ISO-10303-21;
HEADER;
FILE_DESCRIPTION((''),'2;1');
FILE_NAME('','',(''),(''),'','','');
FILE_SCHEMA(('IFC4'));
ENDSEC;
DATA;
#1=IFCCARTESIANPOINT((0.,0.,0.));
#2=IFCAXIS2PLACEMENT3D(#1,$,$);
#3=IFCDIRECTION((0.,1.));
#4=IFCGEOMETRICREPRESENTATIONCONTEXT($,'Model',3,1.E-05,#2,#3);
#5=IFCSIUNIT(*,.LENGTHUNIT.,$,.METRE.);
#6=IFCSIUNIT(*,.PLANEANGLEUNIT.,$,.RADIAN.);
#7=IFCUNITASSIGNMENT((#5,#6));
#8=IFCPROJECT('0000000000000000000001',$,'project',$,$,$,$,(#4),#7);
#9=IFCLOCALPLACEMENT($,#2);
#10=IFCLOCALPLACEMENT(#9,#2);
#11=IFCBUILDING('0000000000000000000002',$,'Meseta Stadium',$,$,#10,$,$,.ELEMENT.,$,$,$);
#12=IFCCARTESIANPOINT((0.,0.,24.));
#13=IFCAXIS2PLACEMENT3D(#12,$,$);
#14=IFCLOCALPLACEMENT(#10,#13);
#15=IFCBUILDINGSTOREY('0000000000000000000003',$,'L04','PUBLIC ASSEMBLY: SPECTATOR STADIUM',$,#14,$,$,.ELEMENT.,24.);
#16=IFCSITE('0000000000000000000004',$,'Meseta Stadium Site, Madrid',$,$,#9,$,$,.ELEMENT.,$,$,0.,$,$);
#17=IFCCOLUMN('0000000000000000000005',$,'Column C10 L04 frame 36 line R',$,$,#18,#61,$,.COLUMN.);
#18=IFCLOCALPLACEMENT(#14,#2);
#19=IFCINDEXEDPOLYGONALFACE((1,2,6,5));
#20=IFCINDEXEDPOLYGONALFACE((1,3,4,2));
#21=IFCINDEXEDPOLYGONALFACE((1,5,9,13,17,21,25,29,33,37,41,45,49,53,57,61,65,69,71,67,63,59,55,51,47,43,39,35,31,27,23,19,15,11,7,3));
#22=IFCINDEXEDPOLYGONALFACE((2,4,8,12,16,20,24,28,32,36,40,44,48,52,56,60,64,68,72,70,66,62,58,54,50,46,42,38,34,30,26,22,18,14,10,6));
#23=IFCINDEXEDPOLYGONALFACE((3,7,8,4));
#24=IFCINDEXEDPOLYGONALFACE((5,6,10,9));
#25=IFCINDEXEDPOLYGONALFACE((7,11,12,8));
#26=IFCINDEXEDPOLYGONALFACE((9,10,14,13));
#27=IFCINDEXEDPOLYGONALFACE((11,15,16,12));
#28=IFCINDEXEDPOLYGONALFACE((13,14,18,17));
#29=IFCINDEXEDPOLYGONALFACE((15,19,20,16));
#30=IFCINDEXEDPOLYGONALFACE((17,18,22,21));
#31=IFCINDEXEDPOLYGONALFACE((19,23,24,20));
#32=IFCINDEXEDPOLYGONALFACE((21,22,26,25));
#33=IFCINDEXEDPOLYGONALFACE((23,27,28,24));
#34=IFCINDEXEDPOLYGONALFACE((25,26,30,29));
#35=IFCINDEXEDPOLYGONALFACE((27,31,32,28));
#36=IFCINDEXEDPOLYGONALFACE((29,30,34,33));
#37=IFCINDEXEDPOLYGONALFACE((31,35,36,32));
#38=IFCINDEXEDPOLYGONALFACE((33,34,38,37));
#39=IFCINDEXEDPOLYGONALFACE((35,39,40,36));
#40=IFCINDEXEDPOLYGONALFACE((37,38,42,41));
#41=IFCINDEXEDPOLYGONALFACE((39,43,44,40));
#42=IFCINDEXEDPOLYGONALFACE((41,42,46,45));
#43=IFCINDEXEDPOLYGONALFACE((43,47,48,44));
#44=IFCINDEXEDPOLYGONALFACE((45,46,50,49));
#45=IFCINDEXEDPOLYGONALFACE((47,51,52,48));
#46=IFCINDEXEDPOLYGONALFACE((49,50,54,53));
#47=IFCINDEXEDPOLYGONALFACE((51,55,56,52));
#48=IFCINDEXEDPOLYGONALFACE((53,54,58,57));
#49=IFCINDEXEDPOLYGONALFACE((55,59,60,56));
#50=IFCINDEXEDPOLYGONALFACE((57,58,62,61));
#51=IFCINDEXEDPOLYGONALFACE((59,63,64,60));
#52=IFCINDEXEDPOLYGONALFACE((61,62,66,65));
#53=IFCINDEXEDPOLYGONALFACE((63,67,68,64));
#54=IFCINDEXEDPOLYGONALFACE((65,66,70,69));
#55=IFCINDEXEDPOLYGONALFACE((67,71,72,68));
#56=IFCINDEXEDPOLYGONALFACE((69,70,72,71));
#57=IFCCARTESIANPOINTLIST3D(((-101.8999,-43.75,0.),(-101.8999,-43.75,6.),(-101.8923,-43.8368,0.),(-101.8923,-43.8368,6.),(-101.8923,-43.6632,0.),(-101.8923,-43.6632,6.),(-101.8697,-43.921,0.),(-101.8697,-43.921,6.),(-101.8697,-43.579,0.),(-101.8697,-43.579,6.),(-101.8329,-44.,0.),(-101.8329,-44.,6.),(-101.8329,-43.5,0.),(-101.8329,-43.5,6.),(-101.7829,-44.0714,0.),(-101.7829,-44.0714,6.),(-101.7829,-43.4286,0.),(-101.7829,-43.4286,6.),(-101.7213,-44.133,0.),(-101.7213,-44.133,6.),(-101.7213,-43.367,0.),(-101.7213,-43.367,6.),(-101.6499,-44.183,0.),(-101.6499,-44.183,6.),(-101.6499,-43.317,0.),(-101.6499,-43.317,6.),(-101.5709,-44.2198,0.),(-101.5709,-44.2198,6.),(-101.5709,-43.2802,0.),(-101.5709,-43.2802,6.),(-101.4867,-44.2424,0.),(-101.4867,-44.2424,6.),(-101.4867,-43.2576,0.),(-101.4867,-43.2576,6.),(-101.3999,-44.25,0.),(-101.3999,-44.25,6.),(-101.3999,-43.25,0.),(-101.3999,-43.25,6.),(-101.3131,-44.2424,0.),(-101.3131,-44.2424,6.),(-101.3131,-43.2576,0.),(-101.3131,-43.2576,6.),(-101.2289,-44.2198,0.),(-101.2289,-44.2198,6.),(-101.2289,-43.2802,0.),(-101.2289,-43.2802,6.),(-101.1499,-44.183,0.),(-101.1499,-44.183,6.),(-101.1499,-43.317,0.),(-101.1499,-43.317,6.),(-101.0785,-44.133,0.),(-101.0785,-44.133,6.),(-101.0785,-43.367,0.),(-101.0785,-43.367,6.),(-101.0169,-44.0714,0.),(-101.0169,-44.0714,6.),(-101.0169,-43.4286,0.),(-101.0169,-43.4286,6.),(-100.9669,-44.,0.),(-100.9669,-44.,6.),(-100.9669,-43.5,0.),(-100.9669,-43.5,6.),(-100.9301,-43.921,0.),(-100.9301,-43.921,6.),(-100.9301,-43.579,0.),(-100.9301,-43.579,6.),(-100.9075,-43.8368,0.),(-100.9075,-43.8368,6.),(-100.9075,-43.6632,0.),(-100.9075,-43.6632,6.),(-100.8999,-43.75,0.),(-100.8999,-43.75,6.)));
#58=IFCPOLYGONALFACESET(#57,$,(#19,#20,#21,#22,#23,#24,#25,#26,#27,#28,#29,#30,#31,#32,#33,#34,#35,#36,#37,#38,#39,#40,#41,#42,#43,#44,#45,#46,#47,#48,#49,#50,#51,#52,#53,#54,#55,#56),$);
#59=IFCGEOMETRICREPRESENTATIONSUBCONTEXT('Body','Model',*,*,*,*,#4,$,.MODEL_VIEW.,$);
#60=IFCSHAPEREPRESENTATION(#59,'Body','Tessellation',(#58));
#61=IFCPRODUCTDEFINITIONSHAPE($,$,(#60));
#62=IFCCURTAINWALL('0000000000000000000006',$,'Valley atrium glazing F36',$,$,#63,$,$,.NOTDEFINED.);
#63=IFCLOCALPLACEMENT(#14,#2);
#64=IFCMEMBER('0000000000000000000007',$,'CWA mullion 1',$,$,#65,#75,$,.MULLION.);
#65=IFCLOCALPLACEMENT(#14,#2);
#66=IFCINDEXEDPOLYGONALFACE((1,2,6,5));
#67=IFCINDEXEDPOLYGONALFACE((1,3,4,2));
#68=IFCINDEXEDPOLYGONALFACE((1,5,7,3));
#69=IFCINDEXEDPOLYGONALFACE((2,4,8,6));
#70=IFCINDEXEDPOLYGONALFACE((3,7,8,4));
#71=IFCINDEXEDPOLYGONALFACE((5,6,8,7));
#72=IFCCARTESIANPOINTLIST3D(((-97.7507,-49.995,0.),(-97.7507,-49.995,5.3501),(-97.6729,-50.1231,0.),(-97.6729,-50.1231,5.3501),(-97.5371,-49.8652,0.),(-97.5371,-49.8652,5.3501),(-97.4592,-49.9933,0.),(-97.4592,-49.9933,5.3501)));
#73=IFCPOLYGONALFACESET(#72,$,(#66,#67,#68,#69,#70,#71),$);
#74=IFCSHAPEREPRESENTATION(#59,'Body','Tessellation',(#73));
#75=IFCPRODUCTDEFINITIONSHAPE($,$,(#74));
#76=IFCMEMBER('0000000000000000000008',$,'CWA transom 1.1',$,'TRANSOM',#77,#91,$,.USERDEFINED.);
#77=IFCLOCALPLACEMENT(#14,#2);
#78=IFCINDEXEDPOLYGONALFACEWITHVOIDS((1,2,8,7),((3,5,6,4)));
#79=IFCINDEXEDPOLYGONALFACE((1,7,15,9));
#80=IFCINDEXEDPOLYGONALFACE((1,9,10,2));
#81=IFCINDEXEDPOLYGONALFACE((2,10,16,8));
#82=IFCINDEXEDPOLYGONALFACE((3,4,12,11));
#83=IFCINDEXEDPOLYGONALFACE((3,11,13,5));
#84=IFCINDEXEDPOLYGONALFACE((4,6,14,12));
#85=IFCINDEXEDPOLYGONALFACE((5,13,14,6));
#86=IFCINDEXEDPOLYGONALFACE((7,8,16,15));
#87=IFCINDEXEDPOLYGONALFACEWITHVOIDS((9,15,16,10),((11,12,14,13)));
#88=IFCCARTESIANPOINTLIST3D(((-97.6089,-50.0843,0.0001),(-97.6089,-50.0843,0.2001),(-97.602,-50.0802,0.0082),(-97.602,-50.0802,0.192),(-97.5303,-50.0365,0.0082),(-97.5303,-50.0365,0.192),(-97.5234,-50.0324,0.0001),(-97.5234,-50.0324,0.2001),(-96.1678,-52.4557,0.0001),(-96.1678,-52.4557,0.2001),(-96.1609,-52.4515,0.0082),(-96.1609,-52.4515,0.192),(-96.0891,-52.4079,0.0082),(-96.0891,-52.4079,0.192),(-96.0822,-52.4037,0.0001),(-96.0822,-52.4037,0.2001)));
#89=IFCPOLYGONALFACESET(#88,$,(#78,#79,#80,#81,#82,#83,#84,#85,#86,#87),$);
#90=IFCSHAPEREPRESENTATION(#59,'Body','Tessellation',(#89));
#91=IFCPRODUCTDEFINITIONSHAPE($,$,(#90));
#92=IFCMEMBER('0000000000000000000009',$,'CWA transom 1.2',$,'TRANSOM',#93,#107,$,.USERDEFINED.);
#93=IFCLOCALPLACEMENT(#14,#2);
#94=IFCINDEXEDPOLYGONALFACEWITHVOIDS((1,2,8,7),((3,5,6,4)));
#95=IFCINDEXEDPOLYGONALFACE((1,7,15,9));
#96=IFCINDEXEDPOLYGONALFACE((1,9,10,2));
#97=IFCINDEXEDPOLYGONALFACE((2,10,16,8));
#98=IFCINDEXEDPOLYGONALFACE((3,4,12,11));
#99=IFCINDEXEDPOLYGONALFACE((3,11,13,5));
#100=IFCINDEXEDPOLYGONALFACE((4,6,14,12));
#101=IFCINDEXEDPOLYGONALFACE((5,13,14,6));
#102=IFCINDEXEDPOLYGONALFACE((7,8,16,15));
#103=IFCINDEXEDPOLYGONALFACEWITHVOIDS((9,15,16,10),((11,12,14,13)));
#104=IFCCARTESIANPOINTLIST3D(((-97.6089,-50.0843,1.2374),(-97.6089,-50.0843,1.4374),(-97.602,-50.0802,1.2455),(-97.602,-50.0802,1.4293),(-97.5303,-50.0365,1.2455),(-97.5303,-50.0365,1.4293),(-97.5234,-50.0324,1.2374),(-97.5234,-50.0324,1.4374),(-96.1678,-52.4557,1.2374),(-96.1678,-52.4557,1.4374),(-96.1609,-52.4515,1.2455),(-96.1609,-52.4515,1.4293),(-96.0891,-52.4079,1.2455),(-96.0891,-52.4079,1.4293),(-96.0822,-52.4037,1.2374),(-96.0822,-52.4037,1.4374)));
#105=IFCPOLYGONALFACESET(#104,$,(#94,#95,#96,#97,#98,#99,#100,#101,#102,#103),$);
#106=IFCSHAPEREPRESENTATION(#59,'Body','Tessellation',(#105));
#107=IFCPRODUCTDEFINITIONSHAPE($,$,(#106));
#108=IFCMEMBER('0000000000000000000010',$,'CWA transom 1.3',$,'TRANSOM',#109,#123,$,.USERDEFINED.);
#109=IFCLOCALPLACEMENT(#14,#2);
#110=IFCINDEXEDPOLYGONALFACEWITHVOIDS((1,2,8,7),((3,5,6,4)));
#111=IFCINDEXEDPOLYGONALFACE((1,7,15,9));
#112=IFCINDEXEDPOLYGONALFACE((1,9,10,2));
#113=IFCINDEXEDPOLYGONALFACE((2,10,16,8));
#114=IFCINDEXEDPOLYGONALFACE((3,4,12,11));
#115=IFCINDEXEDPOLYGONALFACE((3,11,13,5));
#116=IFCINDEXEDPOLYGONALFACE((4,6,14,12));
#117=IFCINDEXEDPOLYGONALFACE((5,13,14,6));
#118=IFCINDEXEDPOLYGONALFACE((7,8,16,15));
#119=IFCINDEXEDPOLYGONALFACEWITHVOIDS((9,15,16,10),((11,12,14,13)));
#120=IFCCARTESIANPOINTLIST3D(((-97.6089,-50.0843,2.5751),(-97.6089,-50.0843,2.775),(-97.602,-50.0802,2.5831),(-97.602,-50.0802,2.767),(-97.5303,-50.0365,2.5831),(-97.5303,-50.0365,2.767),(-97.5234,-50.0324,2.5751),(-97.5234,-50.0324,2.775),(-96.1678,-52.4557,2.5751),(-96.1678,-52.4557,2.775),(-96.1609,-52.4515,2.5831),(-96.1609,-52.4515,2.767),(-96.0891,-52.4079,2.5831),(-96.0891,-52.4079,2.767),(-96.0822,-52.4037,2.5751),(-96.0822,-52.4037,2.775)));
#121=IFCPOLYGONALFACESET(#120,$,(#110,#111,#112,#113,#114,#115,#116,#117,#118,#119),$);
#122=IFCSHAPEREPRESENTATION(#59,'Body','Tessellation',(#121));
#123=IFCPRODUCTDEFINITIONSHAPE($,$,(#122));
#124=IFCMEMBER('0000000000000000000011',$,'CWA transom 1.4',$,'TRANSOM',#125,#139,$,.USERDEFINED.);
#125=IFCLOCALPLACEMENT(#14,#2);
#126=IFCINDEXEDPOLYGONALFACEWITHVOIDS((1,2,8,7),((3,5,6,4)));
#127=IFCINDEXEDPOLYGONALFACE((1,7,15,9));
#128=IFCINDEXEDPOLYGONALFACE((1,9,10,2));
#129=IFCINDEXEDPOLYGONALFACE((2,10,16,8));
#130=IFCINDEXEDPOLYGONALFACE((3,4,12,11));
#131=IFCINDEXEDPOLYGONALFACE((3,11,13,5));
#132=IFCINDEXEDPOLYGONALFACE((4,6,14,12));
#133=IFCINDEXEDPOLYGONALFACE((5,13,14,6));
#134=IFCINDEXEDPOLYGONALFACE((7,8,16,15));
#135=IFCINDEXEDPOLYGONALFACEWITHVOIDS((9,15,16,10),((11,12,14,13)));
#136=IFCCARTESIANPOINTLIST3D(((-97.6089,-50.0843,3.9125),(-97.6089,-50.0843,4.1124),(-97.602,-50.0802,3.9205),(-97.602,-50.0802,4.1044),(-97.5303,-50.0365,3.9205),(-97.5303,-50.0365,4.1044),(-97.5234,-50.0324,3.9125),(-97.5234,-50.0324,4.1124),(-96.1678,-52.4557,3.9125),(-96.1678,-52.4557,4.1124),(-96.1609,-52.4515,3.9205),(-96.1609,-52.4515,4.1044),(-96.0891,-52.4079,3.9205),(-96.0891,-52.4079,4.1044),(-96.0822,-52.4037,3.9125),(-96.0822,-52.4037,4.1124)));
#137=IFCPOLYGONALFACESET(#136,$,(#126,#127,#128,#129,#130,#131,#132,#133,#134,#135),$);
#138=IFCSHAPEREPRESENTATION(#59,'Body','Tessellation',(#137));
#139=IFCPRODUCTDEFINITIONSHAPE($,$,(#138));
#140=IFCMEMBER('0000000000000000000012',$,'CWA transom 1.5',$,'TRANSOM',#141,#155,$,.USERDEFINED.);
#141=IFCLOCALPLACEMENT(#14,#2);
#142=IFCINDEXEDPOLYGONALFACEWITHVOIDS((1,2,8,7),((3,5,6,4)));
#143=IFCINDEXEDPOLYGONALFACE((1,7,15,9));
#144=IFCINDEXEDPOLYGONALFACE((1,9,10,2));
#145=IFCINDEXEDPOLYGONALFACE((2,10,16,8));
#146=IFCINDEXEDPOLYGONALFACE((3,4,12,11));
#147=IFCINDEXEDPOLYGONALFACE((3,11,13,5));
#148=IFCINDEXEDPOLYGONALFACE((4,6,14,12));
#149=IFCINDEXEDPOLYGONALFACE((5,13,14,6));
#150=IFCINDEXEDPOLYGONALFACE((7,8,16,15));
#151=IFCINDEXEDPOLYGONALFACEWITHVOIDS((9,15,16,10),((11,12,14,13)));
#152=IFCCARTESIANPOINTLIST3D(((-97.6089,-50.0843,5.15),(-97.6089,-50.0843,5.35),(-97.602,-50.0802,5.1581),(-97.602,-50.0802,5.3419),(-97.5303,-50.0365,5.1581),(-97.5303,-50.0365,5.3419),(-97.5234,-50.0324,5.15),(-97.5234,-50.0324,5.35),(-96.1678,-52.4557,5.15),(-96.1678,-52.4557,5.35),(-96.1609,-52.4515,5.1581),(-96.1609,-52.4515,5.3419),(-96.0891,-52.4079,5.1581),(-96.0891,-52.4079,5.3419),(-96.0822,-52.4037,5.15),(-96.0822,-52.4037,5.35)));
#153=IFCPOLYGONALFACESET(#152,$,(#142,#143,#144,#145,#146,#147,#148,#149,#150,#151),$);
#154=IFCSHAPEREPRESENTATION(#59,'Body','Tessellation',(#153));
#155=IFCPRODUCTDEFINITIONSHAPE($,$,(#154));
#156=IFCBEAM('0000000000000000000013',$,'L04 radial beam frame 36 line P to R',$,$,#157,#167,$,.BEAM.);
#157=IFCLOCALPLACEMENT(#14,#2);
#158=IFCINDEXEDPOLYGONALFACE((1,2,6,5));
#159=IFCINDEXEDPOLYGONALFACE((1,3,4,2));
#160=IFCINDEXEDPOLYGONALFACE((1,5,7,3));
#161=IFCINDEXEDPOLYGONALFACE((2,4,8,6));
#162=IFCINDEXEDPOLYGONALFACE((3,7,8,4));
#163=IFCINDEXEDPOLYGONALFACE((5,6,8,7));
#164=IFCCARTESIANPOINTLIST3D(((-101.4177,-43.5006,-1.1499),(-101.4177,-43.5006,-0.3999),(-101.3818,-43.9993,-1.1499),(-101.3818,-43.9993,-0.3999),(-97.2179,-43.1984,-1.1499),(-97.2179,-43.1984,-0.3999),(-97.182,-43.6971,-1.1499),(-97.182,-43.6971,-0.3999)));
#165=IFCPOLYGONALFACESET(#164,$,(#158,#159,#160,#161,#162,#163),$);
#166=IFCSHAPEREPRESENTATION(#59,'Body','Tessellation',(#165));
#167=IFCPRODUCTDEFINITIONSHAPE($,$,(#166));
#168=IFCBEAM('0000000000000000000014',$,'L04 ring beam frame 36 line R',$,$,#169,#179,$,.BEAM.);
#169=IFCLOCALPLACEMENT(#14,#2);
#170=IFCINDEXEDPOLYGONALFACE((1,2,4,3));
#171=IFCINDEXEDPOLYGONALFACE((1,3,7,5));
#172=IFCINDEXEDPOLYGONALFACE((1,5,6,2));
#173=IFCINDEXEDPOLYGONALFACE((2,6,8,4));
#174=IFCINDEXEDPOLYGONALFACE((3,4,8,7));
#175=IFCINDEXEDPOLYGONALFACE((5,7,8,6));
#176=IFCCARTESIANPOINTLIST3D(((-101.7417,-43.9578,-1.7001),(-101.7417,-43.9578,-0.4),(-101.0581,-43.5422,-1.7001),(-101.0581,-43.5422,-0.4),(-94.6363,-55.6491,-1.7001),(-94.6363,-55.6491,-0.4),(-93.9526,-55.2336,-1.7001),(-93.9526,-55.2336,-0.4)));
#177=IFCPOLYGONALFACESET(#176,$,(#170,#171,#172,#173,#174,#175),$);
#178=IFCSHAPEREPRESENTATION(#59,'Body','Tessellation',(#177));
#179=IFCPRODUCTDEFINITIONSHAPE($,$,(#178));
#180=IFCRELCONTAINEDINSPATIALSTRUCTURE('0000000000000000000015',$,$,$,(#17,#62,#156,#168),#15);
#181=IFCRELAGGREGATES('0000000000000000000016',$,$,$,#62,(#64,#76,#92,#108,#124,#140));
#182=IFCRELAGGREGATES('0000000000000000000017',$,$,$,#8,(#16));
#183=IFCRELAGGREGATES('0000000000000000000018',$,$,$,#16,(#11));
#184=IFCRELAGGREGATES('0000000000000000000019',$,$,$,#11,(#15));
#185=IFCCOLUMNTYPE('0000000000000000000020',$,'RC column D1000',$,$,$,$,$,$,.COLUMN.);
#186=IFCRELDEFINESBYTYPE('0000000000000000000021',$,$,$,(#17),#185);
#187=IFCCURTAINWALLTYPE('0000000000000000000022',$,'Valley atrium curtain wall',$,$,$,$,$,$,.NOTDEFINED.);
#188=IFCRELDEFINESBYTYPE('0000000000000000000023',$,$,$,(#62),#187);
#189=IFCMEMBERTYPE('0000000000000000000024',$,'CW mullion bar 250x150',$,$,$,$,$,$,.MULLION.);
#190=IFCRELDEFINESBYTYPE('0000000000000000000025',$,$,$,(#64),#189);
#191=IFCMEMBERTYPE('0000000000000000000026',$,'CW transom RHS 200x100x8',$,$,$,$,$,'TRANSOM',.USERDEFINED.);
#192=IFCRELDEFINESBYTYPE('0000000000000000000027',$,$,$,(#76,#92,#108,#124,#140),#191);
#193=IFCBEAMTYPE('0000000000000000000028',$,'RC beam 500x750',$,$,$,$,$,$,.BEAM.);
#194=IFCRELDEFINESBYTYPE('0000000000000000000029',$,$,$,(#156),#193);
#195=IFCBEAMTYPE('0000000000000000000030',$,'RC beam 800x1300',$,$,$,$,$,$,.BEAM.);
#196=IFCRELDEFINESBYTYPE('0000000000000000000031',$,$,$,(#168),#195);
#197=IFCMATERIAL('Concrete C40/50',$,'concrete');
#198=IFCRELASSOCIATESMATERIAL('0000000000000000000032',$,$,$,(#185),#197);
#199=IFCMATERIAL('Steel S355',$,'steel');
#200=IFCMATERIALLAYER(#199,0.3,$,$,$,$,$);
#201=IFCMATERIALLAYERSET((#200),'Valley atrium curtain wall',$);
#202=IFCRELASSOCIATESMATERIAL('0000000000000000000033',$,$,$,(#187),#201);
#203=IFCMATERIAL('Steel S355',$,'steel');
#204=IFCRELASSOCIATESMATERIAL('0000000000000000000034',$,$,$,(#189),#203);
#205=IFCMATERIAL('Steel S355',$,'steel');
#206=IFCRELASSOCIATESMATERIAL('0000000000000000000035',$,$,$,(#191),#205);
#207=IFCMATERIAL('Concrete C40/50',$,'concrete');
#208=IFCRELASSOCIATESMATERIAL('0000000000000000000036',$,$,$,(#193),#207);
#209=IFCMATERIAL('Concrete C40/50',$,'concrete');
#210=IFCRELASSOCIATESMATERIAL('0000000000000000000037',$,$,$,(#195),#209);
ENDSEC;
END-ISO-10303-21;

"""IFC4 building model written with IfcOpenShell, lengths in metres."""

from ifc_helpers import new_model, si_unit, direction, frame, origin, origin_2d, place, context, subcontext, project, spatial, rectangle, hollow_rectangle, circle, extrude, material, layer, layer_set, material_profile, profile_set, type_object, element, aggregate, save


model = new_model("IFC4")

# Units and contexts
model_context = context("Model", 3, precision=1e-05, world=origin(), true_north=direction((0.0, 1.0)))
body_context = subcontext(model_context, "Body", "Model", "MODEL_VIEW")
ifc_project = project(units=[si_unit("LENGTHUNIT", "METRE"), si_unit("PLANEANGLEUNIT", "RADIAN")], contexts=[model_context])

# Site, building, storey
site_placement = place(None, origin())
site = spatial("IfcSite", under=ifc_project, at=site_placement, Name="Meseta Stadium Site, Madrid", CompositionType="ELEMENT", RefElevation=0.0)
building_placement = place(site_placement, origin())
building = spatial("IfcBuilding", under=site, at=building_placement, Name="Meseta Stadium", CompositionType="ELEMENT")
storey_placement = place(building_placement, frame((0.0, 0.0, 24.0)))
storey = spatial("IfcBuildingStorey", under=building, at=storey_placement, Name="L04", Description="PUBLIC ASSEMBLY: SPECTATOR STADIUM", CompositionType="ELEMENT", Elevation=24.0)

# Column
ifc_material_1 = material(Name="Concrete C40/50", Category="concrete")
ifc_material_profile_1 = material_profile(ifc_material_1, circle(Radius=0.5, at=origin_2d()), Name="RC D1000")
ifc_profile_set_1 = profile_set([ifc_material_profile_1], Name="Concrete C40/50")
column_type = type_object("IfcColumnType", Name="RC column D1000", PredefinedType="COLUMN", material=ifc_profile_set_1)
column_placement = place(storey_placement, frame((-101.3999, -43.75, 0.0), z_axis=(0.0, 0.0, 1.0), x_axis=(1.0, 0.0, 0.0)))
element("IfcColumn", 1, at=column_placement, inside=storey, type_object=column_type, Name="Column C10 L04 frame 36 line R", PredefinedType="COLUMN", context=body_context, shape_type="SweptSolid", body=[
    extrude(circle(Radius=0.5, at=origin_2d()), origin(), (0.0, 0.0, 1.0), 6.0),
])

# Curtain wall, members
ifc_material_2 = material(Name="Steel S355", Category="steel")
ifc_layer_1 = layer(ifc_material_2, 0.3)
ifc_layer_set_1 = layer_set([ifc_layer_1], Name="Valley atrium curtain wall")
curtain_wall_type = type_object("IfcCurtainWallType", Name="Valley atrium curtain wall", PredefinedType="NOTDEFINED", material=ifc_layer_set_1)
curtain_wall_placement = place(storey_placement, origin())
curtain_wall = element("IfcCurtainWall", 2, at=curtain_wall_placement, inside=storey, type_object=curtain_wall_type, Name="Valley atrium glazing F36", PredefinedType="NOTDEFINED")
ifc_material_3 = material(Name="Steel S355", Category="steel")
ifc_material_profile_2 = material_profile(ifc_material_3, rectangle(XDim=0.25, YDim=0.1499, at=origin_2d()), Name="CW 250x150")
ifc_profile_set_2 = profile_set([ifc_material_profile_2], Name="Steel S355")
member_type_1 = type_object("IfcMemberType", Name="CW mullion bar 250x150", PredefinedType="MULLION", material=ifc_profile_set_2)
member_1_placement = place(storey_placement, frame((-97.605, -49.9941, 0.0), z_axis=(0.0, 0.0, 1.0), x_axis=(0.854554, 0.519362, 0.0)))
member_1 = element("IfcMember", 3, at=member_1_placement, type_object=member_type_1, Name="CWA mullion 1", PredefinedType="MULLION", context=body_context, shape_type="SweptSolid", body=[
    extrude(rectangle(XDim=0.25, YDim=0.1499, at=origin_2d()), origin(), (0.0, 0.0, 1.0), 5.3501),
])
ifc_material_4 = material(Name="Steel S355", Category="steel")
ifc_material_profile_3 = material_profile(ifc_material_4, hollow_rectangle(XDim=0.1001, YDim=0.2, WallThickness=0.0081, at=origin_2d()), Name="RHS 200x100x8")
ifc_profile_set_3 = profile_set([ifc_material_profile_3], Name="Steel S355")
member_type_2 = type_object("IfcMemberType", Name="CW transom RHS 200x100x8", ElementType="TRANSOM", PredefinedType="USERDEFINED", material=ifc_profile_set_3)
member_2_placement = place(storey_placement, frame((-97.5662, -50.0583, 0.1001), z_axis=(0.519352, -0.85456, 0.0), x_axis=(0.85456, 0.519352, 0.0)))
member_2 = element("IfcMember", 4, at=member_2_placement, type_object=member_type_2, Name="CWA transom 1.1", ObjectType="TRANSOM", PredefinedType="USERDEFINED", context=body_context, shape_type="SweptSolid", body=[
    extrude(hollow_rectangle(XDim=0.1001, YDim=0.2, WallThickness=0.0081, at=origin_2d()), origin(), (0.0, 0.0, 1.0), 2.7749),
])
member_3_placement = place(storey_placement, frame((-97.5662, -50.0583, 1.3374), z_axis=(0.519352, -0.85456, 0.0), x_axis=(0.85456, 0.519352, 0.0)))
member_3 = element("IfcMember", 5, at=member_3_placement, type_object=member_type_2, Name="CWA transom 1.2", ObjectType="TRANSOM", PredefinedType="USERDEFINED", context=body_context, shape_type="SweptSolid", body=[
    extrude(hollow_rectangle(XDim=0.1001, YDim=0.2, WallThickness=0.0081, at=origin_2d()), origin(), (0.0, 0.0, 1.0), 2.7749),
])
member_4_placement = place(storey_placement, frame((-97.5662, -50.0583, 2.675), z_axis=(0.519352, -0.85456, 0.0), x_axis=(0.85456, 0.519352, 0.0)))
member_4 = element("IfcMember", 6, at=member_4_placement, type_object=member_type_2, Name="CWA transom 1.3", ObjectType="TRANSOM", PredefinedType="USERDEFINED", context=body_context, shape_type="SweptSolid", body=[
    extrude(hollow_rectangle(XDim=0.1001, YDim=0.2, WallThickness=0.0081, at=origin_2d()), origin(), (0.0, 0.0, 1.0), 2.7749),
])
member_5_placement = place(storey_placement, frame((-97.5662, -50.0583, 4.0125), z_axis=(0.519352, -0.85456, 0.0), x_axis=(0.85456, 0.519352, 0.0)))
member_5 = element("IfcMember", 7, at=member_5_placement, type_object=member_type_2, Name="CWA transom 1.4", ObjectType="TRANSOM", PredefinedType="USERDEFINED", context=body_context, shape_type="SweptSolid", body=[
    extrude(hollow_rectangle(XDim=0.1001, YDim=0.2, WallThickness=0.0081, at=origin_2d()), origin(), (0.0, 0.0, 1.0), 2.7749),
])
member_6_placement = place(storey_placement, frame((-97.5662, -50.0583, 5.25), z_axis=(0.519352, -0.85456, 0.0), x_axis=(0.85456, 0.519352, 0.0)))
member_6 = element("IfcMember", 8, at=member_6_placement, type_object=member_type_2, Name="CWA transom 1.5", ObjectType="TRANSOM", PredefinedType="USERDEFINED", context=body_context, shape_type="SweptSolid", body=[
    extrude(hollow_rectangle(XDim=0.1001, YDim=0.2, WallThickness=0.0081, at=origin_2d()), origin(), (0.0, 0.0, 1.0), 2.7749),
])
aggregate(curtain_wall, [member_1, member_2, member_3, member_4, member_5, member_6])

# Beams
ifc_material_5 = material(Name="Concrete C40/50", Category="concrete")
ifc_material_profile_4 = material_profile(ifc_material_5, rectangle(XDim=0.5, YDim=0.75, at=origin_2d()), Name="RC 500x750")
ifc_profile_set_4 = profile_set([ifc_material_profile_4], Name="Concrete C40/50")
beam_type_1 = type_object("IfcBeamType", Name="RC beam 500x750", PredefinedType="BEAM", material=ifc_profile_set_4)
beam_1_placement = place(storey_placement, frame((-97.2, -43.4478, -0.7749), z_axis=(-0.997421, -0.071779, 0.0), x_axis=(0.071779, -0.997421, 0.0)))
element("IfcBeam", 9, at=beam_1_placement, inside=storey, type_object=beam_type_1, Name="L04 radial beam frame 36 line P to R", PredefinedType="BEAM", context=body_context, shape_type="SweptSolid", body=[
    extrude(rectangle(XDim=0.5, YDim=0.75, at=origin_2d()), origin(), (0.0, 0.0, 1.0), 4.2107),
])
ifc_material_6 = material(Name="Concrete C40/50", Category="concrete")
ifc_material_profile_5 = material_profile(ifc_material_6, rectangle(XDim=0.8, YDim=1.3, at=origin_2d()), Name="RC 800x1300")
ifc_profile_set_5 = profile_set([ifc_material_profile_5], Name="Concrete C40/50")
beam_type_2 = type_object("IfcBeamType", Name="RC beam 800x1300", PredefinedType="BEAM", material=ifc_profile_set_5)
beam_2_placement = place(storey_placement, frame((-101.3999, -43.75, -1.05), z_axis=(0.519358, -0.854557, 0.0), x_axis=(0.854557, 0.519358, 0.0)))
element("IfcBeam", 10, at=beam_2_placement, inside=storey, type_object=beam_type_2, Name="L04 ring beam frame 36 line R", PredefinedType="BEAM", context=body_context, shape_type="SweptSolid", body=[
    extrude(rectangle(XDim=0.8, YDim=1.3, at=origin_2d()), origin(), (0.0, 0.0, 1.0), 13.6812),
])

save(model, "model.ifc")
